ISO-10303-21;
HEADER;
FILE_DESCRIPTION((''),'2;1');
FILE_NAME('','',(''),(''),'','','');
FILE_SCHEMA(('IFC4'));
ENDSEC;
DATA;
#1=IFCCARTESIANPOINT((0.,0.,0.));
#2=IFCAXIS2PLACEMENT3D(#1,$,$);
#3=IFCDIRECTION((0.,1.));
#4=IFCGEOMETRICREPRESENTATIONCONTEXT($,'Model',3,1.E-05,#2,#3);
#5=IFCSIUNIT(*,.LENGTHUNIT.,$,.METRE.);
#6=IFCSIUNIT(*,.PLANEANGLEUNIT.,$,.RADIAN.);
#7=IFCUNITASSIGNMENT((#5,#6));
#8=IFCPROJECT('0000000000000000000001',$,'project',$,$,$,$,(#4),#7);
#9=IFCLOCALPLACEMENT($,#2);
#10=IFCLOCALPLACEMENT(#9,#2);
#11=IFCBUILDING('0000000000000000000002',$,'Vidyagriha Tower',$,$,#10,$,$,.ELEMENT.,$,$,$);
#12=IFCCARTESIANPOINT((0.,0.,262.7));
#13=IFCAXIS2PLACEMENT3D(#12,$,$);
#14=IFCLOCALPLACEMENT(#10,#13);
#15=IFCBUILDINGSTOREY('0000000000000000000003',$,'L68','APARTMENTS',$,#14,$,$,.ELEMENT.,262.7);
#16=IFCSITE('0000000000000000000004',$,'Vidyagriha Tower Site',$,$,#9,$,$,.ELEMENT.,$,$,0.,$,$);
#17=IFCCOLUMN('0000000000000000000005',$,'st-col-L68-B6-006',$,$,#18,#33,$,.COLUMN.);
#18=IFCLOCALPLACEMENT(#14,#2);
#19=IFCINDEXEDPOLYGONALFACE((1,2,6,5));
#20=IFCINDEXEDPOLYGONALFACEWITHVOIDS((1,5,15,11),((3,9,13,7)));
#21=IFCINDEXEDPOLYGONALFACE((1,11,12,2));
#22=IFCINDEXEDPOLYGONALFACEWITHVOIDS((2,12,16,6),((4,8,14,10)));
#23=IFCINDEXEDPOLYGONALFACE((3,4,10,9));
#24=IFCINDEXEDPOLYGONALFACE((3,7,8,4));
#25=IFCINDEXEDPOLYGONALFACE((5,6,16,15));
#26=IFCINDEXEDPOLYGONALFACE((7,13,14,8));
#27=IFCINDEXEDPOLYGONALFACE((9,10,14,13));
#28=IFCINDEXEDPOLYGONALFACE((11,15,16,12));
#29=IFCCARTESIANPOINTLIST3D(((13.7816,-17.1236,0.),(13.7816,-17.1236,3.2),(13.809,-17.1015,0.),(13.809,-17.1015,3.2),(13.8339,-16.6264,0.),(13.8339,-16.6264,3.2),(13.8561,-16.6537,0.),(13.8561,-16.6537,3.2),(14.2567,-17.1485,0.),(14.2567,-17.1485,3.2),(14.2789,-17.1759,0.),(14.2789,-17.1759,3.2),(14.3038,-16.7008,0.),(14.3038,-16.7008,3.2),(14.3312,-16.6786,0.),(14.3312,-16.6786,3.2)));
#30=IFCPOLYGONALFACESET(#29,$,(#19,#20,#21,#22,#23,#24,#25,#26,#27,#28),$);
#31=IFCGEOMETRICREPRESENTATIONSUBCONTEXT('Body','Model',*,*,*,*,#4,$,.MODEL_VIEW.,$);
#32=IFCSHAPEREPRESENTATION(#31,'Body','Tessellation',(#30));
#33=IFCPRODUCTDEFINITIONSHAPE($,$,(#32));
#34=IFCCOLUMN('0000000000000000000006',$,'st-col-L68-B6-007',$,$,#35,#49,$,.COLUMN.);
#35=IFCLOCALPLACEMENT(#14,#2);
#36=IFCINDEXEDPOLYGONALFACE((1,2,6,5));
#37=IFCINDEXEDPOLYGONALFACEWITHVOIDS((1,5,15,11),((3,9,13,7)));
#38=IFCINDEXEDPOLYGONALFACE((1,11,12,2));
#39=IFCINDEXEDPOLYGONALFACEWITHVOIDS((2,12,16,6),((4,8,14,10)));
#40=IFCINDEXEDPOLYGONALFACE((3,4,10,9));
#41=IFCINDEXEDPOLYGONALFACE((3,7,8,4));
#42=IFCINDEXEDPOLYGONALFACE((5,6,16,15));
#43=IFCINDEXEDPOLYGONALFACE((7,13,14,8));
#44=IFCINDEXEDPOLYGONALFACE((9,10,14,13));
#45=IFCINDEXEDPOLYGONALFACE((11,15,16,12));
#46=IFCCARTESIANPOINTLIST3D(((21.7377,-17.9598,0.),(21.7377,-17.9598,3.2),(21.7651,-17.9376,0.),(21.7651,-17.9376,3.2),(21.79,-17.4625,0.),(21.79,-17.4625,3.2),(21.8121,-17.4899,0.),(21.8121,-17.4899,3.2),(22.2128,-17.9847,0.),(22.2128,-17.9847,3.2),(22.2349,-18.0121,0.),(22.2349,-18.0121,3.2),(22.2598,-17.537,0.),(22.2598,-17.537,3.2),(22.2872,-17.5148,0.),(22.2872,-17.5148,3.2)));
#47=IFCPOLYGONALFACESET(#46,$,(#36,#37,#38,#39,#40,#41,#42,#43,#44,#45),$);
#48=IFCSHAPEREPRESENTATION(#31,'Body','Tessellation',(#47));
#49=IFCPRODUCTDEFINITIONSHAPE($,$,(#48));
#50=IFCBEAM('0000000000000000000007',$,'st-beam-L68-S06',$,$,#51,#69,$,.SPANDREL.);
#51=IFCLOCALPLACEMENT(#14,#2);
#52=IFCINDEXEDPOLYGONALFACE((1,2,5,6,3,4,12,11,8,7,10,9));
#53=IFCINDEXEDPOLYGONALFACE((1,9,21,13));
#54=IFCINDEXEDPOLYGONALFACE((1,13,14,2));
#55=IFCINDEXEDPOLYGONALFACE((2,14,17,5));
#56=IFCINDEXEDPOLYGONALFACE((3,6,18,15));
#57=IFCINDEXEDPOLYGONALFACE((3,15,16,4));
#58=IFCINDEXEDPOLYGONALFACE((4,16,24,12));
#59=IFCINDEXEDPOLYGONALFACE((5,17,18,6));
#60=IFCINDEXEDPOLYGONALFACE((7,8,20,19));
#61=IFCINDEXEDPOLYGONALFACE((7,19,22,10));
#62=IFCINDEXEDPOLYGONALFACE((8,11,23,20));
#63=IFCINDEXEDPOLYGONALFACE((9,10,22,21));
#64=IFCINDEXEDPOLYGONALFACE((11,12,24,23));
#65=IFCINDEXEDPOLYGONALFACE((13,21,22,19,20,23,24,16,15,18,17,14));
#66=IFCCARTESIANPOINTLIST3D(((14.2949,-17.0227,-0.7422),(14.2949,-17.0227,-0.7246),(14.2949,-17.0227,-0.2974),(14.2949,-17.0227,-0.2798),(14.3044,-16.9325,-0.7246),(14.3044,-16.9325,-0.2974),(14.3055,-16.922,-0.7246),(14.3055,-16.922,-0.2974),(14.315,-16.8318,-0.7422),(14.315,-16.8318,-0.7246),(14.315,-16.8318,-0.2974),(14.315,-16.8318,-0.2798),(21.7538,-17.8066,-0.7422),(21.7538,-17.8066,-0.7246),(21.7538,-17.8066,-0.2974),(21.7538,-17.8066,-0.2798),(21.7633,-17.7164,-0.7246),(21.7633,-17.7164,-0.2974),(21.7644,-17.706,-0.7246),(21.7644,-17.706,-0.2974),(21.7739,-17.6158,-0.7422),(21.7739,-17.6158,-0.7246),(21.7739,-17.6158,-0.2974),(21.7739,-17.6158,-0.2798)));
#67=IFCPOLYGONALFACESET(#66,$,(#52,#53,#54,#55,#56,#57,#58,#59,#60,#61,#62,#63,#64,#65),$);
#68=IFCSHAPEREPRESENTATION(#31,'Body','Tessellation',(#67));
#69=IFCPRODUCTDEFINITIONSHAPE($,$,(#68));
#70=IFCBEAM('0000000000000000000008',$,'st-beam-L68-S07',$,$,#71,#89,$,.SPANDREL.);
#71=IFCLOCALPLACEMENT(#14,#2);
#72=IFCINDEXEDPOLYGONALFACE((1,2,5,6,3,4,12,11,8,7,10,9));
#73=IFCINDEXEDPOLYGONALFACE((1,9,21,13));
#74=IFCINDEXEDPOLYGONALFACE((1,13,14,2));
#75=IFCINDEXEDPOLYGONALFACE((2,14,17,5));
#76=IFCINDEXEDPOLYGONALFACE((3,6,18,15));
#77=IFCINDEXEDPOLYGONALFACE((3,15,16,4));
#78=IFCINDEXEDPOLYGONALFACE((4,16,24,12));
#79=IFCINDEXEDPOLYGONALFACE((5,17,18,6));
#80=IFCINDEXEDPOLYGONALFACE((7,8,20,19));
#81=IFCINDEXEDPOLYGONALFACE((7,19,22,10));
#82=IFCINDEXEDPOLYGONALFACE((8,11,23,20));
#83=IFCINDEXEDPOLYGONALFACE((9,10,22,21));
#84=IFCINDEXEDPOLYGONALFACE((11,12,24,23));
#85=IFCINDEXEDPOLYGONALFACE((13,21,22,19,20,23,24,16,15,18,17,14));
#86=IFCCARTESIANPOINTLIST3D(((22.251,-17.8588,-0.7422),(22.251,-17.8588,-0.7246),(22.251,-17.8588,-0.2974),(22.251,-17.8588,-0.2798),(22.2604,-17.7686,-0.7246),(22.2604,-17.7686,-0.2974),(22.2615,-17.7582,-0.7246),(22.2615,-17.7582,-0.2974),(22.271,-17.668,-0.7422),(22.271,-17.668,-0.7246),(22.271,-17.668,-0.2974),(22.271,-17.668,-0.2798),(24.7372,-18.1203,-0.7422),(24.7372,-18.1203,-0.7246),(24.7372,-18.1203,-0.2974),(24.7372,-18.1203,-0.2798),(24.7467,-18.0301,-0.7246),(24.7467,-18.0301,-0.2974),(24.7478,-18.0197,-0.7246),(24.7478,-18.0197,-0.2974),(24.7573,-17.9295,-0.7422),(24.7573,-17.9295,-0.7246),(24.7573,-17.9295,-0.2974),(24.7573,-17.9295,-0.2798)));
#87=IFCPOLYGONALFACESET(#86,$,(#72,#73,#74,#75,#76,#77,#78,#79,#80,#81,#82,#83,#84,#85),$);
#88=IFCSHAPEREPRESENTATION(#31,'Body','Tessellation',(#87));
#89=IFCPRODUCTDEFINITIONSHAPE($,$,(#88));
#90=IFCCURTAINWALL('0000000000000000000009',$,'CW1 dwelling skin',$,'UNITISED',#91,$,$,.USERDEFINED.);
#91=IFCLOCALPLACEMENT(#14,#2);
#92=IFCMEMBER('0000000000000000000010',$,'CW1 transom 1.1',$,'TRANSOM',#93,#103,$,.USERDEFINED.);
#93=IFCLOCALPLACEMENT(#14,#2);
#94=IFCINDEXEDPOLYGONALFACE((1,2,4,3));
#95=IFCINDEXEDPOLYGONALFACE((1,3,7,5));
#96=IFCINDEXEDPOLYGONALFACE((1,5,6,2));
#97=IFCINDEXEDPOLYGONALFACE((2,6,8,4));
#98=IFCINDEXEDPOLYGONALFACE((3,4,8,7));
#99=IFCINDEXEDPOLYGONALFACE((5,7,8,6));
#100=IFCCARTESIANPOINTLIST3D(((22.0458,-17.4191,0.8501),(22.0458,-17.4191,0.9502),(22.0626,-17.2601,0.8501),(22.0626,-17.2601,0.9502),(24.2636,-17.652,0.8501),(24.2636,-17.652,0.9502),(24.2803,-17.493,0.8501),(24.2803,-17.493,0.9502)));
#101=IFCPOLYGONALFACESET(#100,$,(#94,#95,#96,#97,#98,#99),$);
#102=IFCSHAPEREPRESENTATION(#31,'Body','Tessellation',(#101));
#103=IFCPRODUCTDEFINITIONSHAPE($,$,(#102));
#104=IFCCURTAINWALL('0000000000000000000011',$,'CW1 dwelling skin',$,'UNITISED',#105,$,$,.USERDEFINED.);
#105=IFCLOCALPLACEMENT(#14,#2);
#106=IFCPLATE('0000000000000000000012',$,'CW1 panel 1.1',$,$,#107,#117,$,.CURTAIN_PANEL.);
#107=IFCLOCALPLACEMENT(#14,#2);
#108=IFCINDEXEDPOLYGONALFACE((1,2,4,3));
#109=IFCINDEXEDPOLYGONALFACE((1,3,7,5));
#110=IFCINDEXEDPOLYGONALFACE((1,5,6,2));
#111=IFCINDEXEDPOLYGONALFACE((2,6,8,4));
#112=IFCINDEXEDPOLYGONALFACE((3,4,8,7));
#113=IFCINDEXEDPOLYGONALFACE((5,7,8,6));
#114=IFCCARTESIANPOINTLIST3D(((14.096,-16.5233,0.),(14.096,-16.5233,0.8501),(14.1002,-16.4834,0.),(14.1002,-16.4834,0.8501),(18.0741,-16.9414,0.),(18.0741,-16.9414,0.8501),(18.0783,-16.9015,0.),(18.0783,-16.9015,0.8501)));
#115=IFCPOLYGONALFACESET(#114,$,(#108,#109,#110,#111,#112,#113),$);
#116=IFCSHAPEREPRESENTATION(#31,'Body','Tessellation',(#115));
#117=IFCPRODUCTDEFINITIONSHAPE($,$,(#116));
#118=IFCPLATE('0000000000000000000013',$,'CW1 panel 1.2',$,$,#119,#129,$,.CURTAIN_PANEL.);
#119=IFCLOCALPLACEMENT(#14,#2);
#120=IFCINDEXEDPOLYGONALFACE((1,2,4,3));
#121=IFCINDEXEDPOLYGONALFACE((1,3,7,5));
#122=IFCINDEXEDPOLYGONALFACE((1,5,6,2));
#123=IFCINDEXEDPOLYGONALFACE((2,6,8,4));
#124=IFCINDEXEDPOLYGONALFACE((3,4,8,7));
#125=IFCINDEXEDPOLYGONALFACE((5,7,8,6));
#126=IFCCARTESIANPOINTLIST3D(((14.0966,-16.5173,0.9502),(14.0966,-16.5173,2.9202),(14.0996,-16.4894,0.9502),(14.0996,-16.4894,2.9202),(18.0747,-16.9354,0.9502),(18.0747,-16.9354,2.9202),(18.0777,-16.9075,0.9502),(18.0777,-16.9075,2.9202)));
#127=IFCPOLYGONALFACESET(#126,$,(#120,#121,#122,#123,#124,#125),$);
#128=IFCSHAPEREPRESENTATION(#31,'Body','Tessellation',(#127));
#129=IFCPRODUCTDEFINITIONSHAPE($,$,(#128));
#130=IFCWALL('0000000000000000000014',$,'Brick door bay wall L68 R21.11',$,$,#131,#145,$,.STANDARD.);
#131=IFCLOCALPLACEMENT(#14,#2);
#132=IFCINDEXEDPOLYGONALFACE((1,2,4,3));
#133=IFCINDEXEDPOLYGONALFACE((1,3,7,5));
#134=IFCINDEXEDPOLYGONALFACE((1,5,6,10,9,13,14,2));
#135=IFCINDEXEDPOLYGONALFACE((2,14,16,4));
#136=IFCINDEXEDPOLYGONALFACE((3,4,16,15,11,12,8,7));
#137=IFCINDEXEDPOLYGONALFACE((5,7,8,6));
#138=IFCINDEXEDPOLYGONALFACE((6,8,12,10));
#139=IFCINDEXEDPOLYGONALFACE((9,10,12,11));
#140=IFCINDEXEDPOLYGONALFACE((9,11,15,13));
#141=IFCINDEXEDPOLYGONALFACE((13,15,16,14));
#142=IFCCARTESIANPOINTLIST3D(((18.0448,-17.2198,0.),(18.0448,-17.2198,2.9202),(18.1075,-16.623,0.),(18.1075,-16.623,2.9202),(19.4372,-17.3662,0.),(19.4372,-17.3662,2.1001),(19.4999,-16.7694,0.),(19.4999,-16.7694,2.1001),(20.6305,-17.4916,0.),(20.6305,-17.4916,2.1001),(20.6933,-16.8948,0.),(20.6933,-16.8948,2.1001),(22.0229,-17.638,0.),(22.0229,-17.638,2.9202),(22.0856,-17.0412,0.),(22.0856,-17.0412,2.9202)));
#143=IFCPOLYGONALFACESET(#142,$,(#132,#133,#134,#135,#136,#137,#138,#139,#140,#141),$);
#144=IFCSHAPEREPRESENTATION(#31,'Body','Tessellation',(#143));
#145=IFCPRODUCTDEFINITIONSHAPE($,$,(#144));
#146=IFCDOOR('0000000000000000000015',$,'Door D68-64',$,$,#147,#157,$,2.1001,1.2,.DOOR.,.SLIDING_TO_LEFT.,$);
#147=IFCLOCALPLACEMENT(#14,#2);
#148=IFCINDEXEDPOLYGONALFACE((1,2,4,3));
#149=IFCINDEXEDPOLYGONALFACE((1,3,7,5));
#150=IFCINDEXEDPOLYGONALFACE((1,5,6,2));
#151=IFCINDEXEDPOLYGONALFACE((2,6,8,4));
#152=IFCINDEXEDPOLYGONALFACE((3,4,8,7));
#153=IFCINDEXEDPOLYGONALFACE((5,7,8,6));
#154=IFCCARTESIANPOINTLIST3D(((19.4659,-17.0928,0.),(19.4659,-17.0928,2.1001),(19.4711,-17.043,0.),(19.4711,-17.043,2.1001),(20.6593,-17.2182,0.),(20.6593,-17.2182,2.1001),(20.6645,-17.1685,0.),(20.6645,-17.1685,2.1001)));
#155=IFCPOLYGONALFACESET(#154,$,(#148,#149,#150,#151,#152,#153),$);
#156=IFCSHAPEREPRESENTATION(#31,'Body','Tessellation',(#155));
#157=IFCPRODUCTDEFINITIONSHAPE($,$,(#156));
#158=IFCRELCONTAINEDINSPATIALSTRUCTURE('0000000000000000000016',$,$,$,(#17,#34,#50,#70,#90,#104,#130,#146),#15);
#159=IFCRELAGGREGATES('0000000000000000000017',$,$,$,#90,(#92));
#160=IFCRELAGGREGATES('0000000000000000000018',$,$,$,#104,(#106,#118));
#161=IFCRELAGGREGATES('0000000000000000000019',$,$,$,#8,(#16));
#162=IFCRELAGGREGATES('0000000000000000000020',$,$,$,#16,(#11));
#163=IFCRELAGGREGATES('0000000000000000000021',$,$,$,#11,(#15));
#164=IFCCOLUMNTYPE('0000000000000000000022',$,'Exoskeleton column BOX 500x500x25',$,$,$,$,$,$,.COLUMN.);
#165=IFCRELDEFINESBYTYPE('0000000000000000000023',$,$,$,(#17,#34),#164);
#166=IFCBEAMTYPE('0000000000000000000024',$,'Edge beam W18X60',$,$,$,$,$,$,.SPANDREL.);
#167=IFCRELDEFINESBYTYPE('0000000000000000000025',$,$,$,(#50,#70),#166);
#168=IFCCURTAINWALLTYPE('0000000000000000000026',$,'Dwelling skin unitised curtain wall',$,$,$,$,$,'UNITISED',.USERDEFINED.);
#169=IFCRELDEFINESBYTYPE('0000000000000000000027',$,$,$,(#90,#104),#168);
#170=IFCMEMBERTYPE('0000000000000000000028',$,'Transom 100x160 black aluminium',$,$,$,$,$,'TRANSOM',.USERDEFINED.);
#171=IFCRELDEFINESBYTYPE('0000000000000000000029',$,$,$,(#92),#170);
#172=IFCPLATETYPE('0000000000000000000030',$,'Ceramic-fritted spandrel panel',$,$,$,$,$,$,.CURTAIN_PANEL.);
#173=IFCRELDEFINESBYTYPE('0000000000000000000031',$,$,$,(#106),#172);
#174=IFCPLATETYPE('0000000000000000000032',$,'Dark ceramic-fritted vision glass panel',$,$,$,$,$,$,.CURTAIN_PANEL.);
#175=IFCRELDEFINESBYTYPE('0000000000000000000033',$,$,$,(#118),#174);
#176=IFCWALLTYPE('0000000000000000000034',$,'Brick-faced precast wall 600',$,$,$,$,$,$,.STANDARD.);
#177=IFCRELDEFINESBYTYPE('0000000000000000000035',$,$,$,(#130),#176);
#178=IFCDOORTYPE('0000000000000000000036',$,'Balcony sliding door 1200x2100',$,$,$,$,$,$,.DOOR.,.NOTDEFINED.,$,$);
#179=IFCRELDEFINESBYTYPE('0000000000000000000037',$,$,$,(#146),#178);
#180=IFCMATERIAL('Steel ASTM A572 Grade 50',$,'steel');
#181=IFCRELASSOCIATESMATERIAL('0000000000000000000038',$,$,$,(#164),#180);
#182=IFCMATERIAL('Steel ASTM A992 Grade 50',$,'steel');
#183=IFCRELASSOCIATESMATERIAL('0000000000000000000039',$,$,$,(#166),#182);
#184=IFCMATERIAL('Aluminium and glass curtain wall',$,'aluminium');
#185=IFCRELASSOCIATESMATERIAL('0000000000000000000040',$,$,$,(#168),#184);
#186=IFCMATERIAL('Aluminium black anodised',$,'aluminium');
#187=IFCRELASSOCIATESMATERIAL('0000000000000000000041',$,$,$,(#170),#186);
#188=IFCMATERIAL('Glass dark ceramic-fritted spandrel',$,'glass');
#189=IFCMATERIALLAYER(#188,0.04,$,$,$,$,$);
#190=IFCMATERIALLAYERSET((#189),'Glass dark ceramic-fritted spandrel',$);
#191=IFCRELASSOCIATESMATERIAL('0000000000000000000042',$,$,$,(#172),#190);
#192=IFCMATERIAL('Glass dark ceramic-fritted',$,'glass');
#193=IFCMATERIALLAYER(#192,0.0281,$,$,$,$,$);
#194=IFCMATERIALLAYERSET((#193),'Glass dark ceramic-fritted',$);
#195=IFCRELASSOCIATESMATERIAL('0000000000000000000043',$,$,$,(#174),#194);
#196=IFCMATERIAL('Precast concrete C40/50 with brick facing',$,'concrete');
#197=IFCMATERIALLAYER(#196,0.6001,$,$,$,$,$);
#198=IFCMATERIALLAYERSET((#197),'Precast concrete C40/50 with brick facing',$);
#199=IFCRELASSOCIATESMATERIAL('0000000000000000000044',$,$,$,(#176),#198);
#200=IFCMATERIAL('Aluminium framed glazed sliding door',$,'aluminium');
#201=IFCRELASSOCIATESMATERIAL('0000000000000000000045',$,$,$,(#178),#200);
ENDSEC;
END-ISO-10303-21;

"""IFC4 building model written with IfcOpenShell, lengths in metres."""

from ifc_helpers import new_model, si_unit, direction, frame, frame_2d, origin, origin_2d, place, context, subcontext, project, spatial, rectangle, hollow_rectangle, i_section, extrude, material, layer, layer_set, material_profile, profile_set, type_object, element, fill, aggregate, save


model = new_model("IFC4")

# Units and contexts
model_context = context("Model", 3, precision=1e-05, world=origin(), true_north=direction((0.0, 1.0)))
body_context = subcontext(model_context, "Body", "Model", "MODEL_VIEW")
ifc_project = project(units=[si_unit("LENGTHUNIT", "METRE"), si_unit("PLANEANGLEUNIT", "RADIAN")], contexts=[model_context])

# Site, building, storey
site_placement = place(None, origin())
site = spatial("IfcSite", under=ifc_project, at=site_placement, Name="Vidyagriha Tower Site", CompositionType="ELEMENT", RefElevation=0.0)
building_placement = place(site_placement, origin())
building = spatial("IfcBuilding", under=site, at=building_placement, Name="Vidyagriha Tower", CompositionType="ELEMENT")
storey_placement = place(building_placement, frame((0.0, 0.0, 262.7)))
storey = spatial("IfcBuildingStorey", under=building, at=storey_placement, Name="L68", Description="APARTMENTS", CompositionType="ELEMENT", Elevation=262.7)

# Columns
ifc_material_1 = material(Name="Steel ASTM A572 Grade 50", Category="steel")
ifc_material_profile_1 = material_profile(ifc_material_1, hollow_rectangle(XDim=0.5, YDim=0.5, WallThickness=0.0249, at=origin_2d()), Name="BOX 500x500x25")
ifc_profile_set_1 = profile_set([ifc_material_profile_1], Name="Steel ASTM A572 Grade 50")
column_type = type_object("IfcColumnType", Name="Exoskeleton column BOX 500x500x25", PredefinedType="COLUMN", material=ifc_profile_set_1)
for number, where, z_axis, x_axis, name in (
    (1, (14.0564, -16.9011, 0.0), (0.0, 0.0, 1.0), (0.994522, -0.104528, 0.0), "st-col-L68-B6-006"),
    (2, (22.0125, -17.7373, 0.0), (0.0, 0.0, 1.0), (0.994522, -0.104528, 0.0), "st-col-L68-B6-007"),
):
    element("IfcColumn", number, at=place(storey_placement, frame(where, z_axis=z_axis, x_axis=x_axis)), inside=storey, type_object=column_type, Name=name, PredefinedType="COLUMN", context=body_context, shape_type="SweptSolid", body=[
        extrude(hollow_rectangle(XDim=0.5, YDim=0.5, WallThickness=0.0249, at=origin_2d()), origin(), (0.0, 0.0, 1.0), 3.2),
    ])

# Beams
ifc_material_2 = material(Name="Steel ASTM A992 Grade 50", Category="steel")
ifc_material_profile_2 = material_profile(ifc_material_2, i_section(OverallWidth=0.1919, OverallDepth=0.4624, WebThickness=0.0105, FlangeThickness=0.0176, at=origin_2d()), Name="W18X60")
ifc_profile_set_2 = profile_set([ifc_material_profile_2], Name="Steel ASTM A992 Grade 50")
beam_type = type_object("IfcBeamType", Name="Edge beam W18X60", PredefinedType="SPANDREL", material=ifc_profile_set_2)
beam_1_placement = place(storey_placement, frame((14.3049, -16.9272, -0.511), z_axis=(0.994522, -0.104524, 0.0), x_axis=(0.104524, 0.994522, 0.0)))
element("IfcBeam", 3, at=beam_1_placement, inside=storey, type_object=beam_type, Name="st-beam-L68-S06", PredefinedType="SPANDREL", context=body_context, shape_type="SweptSolid", body=[
    extrude(i_section(OverallWidth=0.1919, OverallDepth=0.4624, WebThickness=0.0105, FlangeThickness=0.0176, at=origin_2d()), origin(), (0.0, 0.0, 1.0), 7.5),
])
beam_2_placement = place(storey_placement, frame((22.261, -17.7634, -0.511), z_axis=(0.994516, -0.104588, 0.0), x_axis=(0.104588, 0.994516, 0.0)))
element("IfcBeam", 4, at=beam_2_placement, inside=storey, type_object=beam_type, Name="st-beam-L68-S07", PredefinedType="SPANDREL", context=body_context, shape_type="SweptSolid", body=[
    extrude(i_section(OverallWidth=0.1919, OverallDepth=0.4624, WebThickness=0.0105, FlangeThickness=0.0176, at=origin_2d()), origin(), (0.0, 0.0, 1.0), 2.5),
])

# Curtain wall, member
ifc_material_3 = material(Name="Aluminium and glass curtain wall", Category="aluminium")
curtain_wall_type = type_object("IfcCurtainWallType", Name="Dwelling skin unitised curtain wall", ElementType="UNITISED", PredefinedType="USERDEFINED", material=ifc_material_3)
curtain_wall_1_placement = place(storey_placement, origin())
curtain_wall_1 = element("IfcCurtainWall", 5, at=curtain_wall_1_placement, inside=storey, type_object=curtain_wall_type, Name="CW1 dwelling skin", ObjectType="UNITISED", PredefinedType="USERDEFINED")
ifc_material_4 = material(Name="Aluminium black anodised", Category="aluminium")
ifc_material_profile_3 = material_profile(ifc_material_4, rectangle(XDim=0.1599, YDim=0.1001, at=origin_2d()), Name="Transom 100x160 black aluminium")
ifc_profile_set_3 = profile_set([ifc_material_profile_3], Name="Aluminium black anodised")
member_type = type_object("IfcMemberType", Name="Transom 100x160 black aluminium", ElementType="TRANSOM", PredefinedType="USERDEFINED", material=ifc_profile_set_3)
member_placement = place(storey_placement, frame((22.0542, -17.3396, 0.9001), z_axis=(0.994531, -0.104445, 0.0), x_axis=(0.104445, 0.994531, 0.0)))
member = element("IfcMember", 6, at=member_placement, type_object=member_type, Name="CW1 transom 1.1", ObjectType="TRANSOM", PredefinedType="USERDEFINED", context=body_context, shape_type="SweptSolid", body=[
    extrude(rectangle(XDim=0.1599, YDim=0.1001, at=origin_2d()), origin(), (0.0, 0.0, 1.0), 2.23),
])
aggregate(curtain_wall_1, [member])

# Curtain wall, plates
curtain_wall_2_placement = place(storey_placement, origin())
curtain_wall_2 = element("IfcCurtainWall", 7, at=curtain_wall_2_placement, inside=storey, type_object=curtain_wall_type, Name="CW1 dwelling skin", ObjectType="UNITISED", PredefinedType="USERDEFINED")
ifc_material_5 = material(Name="Glass dark ceramic-fritted spandrel", Category="glass")
ifc_layer_1 = layer(ifc_material_5, 0.04)
ifc_layer_set_1 = layer_set([ifc_layer_1], Name="Glass dark ceramic-fritted spandrel")
plate_type_1 = type_object("IfcPlateType", Name="Ceramic-fritted spandrel panel", PredefinedType="CURTAIN_PANEL", material=ifc_layer_set_1)
plate_1_placement = place(storey_placement, frame((16.0872, -16.7124, 0.0), z_axis=(0.0, 0.0, 1.0), x_axis=(0.994522, -0.104525, 0.0)))
plate_1 = element("IfcPlate", 8, at=plate_1_placement, type_object=plate_type_1, Name="CW1 panel 1.1", PredefinedType="CURTAIN_PANEL", context=body_context, shape_type="SweptSolid", body=[
    extrude(rectangle(XDim=4.0, YDim=0.04, at=origin_2d()), origin(), (0.0, 0.0, 1.0), 0.8501),
])
ifc_material_6 = material(Name="Glass dark ceramic-fritted", Category="glass")
ifc_layer_2 = layer(ifc_material_6, 0.0281)
ifc_layer_set_2 = layer_set([ifc_layer_2], Name="Glass dark ceramic-fritted")
plate_type_2 = type_object("IfcPlateType", Name="Dark ceramic-fritted vision glass panel", PredefinedType="CURTAIN_PANEL", material=ifc_layer_set_2)
plate_2_placement = place(storey_placement, frame((16.0872, -16.7124, 0.9502), z_axis=(0.0, 0.0, 1.0), x_axis=(0.994522, -0.104525, 0.0)))
plate_2 = element("IfcPlate", 9, at=plate_2_placement, type_object=plate_type_2, Name="CW1 panel 1.2", PredefinedType="CURTAIN_PANEL", context=body_context, shape_type="SweptSolid", body=[
    extrude(rectangle(XDim=4.0, YDim=0.0281, at=origin_2d()), origin(), (0.0, 0.0, 1.0), 1.97),
])
aggregate(curtain_wall_2, [plate_1, plate_2])

# Wall, opening, door
ifc_material_7 = material(Name="Precast concrete C40/50 with brick facing", Category="concrete")
ifc_layer_3 = layer(ifc_material_7, 0.6001)
ifc_layer_set_3 = layer_set([ifc_layer_3], Name="Precast concrete C40/50 with brick facing")
wall_type = type_object("IfcWallType", Name="Brick-faced precast wall 600", PredefinedType="STANDARD", material=ifc_layer_set_3)
wall_placement = place(storey_placement, frame((18.0762, -16.9214, 0.0), z_axis=(0.0, 0.0, 1.0), x_axis=(0.994519, -0.104555, 0.0)))
wall = element("IfcWall", 10, at=wall_placement, inside=storey, type_object=wall_type, Name="Brick door bay wall L68 R21.11", PredefinedType="STANDARD", context=body_context, shape_type="SweptSolid", body=[
    extrude(rectangle(XDim=4.0, YDim=0.6001, at=frame_2d((2.0, 0.0))), origin(), (0.0, 0.0, 1.0), 2.9202),
])
opening_placement = place(wall_placement, frame((1.3999, 0.0, 0.0)))
opening = element("IfcOpeningElement", 11, at=opening_placement, cuts=wall, PredefinedType="OPENING", context=body_context, shape_type="SweptSolid", body=[
    extrude(rectangle(XDim=1.2, YDim=2.1001, at=frame_2d((0.6001, 1.05))), frame((0.0, 0.3101, 0.0), z_axis=(0.0, -1.0, 0.0), x_axis=(1.0, 0.0, 0.0)), (0.0, 0.0, 1.0), 0.6201),
])
ifc_material_8 = material(Name="Aluminium framed glazed sliding door", Category="aluminium")
door_type = type_object("IfcDoorType", Name="Balcony sliding door 1200x2100", OperationType="NOTDEFINED", PredefinedType="DOOR", material=ifc_material_8)
door_placement = place(opening_placement, origin())
door = element("IfcDoor", 12, at=door_placement, inside=storey, type_object=door_type, Name="Door D68-64", OperationType="SLIDING_TO_LEFT", OverallHeight=2.1001, OverallWidth=1.2, PredefinedType="DOOR", context=body_context, shape_type="SweptSolid", body=[
    extrude(rectangle(XDim=1.2, YDim=2.1001, at=frame_2d((0.6001, 1.05))), frame((0.0, 0.0249, 0.0), z_axis=(0.0, -1.0, 0.0), x_axis=(1.0, 0.0, 0.0)), (0.0, 0.0, 1.0), 0.05),
])
fill(opening, door)

save(model, "model.ifc")
